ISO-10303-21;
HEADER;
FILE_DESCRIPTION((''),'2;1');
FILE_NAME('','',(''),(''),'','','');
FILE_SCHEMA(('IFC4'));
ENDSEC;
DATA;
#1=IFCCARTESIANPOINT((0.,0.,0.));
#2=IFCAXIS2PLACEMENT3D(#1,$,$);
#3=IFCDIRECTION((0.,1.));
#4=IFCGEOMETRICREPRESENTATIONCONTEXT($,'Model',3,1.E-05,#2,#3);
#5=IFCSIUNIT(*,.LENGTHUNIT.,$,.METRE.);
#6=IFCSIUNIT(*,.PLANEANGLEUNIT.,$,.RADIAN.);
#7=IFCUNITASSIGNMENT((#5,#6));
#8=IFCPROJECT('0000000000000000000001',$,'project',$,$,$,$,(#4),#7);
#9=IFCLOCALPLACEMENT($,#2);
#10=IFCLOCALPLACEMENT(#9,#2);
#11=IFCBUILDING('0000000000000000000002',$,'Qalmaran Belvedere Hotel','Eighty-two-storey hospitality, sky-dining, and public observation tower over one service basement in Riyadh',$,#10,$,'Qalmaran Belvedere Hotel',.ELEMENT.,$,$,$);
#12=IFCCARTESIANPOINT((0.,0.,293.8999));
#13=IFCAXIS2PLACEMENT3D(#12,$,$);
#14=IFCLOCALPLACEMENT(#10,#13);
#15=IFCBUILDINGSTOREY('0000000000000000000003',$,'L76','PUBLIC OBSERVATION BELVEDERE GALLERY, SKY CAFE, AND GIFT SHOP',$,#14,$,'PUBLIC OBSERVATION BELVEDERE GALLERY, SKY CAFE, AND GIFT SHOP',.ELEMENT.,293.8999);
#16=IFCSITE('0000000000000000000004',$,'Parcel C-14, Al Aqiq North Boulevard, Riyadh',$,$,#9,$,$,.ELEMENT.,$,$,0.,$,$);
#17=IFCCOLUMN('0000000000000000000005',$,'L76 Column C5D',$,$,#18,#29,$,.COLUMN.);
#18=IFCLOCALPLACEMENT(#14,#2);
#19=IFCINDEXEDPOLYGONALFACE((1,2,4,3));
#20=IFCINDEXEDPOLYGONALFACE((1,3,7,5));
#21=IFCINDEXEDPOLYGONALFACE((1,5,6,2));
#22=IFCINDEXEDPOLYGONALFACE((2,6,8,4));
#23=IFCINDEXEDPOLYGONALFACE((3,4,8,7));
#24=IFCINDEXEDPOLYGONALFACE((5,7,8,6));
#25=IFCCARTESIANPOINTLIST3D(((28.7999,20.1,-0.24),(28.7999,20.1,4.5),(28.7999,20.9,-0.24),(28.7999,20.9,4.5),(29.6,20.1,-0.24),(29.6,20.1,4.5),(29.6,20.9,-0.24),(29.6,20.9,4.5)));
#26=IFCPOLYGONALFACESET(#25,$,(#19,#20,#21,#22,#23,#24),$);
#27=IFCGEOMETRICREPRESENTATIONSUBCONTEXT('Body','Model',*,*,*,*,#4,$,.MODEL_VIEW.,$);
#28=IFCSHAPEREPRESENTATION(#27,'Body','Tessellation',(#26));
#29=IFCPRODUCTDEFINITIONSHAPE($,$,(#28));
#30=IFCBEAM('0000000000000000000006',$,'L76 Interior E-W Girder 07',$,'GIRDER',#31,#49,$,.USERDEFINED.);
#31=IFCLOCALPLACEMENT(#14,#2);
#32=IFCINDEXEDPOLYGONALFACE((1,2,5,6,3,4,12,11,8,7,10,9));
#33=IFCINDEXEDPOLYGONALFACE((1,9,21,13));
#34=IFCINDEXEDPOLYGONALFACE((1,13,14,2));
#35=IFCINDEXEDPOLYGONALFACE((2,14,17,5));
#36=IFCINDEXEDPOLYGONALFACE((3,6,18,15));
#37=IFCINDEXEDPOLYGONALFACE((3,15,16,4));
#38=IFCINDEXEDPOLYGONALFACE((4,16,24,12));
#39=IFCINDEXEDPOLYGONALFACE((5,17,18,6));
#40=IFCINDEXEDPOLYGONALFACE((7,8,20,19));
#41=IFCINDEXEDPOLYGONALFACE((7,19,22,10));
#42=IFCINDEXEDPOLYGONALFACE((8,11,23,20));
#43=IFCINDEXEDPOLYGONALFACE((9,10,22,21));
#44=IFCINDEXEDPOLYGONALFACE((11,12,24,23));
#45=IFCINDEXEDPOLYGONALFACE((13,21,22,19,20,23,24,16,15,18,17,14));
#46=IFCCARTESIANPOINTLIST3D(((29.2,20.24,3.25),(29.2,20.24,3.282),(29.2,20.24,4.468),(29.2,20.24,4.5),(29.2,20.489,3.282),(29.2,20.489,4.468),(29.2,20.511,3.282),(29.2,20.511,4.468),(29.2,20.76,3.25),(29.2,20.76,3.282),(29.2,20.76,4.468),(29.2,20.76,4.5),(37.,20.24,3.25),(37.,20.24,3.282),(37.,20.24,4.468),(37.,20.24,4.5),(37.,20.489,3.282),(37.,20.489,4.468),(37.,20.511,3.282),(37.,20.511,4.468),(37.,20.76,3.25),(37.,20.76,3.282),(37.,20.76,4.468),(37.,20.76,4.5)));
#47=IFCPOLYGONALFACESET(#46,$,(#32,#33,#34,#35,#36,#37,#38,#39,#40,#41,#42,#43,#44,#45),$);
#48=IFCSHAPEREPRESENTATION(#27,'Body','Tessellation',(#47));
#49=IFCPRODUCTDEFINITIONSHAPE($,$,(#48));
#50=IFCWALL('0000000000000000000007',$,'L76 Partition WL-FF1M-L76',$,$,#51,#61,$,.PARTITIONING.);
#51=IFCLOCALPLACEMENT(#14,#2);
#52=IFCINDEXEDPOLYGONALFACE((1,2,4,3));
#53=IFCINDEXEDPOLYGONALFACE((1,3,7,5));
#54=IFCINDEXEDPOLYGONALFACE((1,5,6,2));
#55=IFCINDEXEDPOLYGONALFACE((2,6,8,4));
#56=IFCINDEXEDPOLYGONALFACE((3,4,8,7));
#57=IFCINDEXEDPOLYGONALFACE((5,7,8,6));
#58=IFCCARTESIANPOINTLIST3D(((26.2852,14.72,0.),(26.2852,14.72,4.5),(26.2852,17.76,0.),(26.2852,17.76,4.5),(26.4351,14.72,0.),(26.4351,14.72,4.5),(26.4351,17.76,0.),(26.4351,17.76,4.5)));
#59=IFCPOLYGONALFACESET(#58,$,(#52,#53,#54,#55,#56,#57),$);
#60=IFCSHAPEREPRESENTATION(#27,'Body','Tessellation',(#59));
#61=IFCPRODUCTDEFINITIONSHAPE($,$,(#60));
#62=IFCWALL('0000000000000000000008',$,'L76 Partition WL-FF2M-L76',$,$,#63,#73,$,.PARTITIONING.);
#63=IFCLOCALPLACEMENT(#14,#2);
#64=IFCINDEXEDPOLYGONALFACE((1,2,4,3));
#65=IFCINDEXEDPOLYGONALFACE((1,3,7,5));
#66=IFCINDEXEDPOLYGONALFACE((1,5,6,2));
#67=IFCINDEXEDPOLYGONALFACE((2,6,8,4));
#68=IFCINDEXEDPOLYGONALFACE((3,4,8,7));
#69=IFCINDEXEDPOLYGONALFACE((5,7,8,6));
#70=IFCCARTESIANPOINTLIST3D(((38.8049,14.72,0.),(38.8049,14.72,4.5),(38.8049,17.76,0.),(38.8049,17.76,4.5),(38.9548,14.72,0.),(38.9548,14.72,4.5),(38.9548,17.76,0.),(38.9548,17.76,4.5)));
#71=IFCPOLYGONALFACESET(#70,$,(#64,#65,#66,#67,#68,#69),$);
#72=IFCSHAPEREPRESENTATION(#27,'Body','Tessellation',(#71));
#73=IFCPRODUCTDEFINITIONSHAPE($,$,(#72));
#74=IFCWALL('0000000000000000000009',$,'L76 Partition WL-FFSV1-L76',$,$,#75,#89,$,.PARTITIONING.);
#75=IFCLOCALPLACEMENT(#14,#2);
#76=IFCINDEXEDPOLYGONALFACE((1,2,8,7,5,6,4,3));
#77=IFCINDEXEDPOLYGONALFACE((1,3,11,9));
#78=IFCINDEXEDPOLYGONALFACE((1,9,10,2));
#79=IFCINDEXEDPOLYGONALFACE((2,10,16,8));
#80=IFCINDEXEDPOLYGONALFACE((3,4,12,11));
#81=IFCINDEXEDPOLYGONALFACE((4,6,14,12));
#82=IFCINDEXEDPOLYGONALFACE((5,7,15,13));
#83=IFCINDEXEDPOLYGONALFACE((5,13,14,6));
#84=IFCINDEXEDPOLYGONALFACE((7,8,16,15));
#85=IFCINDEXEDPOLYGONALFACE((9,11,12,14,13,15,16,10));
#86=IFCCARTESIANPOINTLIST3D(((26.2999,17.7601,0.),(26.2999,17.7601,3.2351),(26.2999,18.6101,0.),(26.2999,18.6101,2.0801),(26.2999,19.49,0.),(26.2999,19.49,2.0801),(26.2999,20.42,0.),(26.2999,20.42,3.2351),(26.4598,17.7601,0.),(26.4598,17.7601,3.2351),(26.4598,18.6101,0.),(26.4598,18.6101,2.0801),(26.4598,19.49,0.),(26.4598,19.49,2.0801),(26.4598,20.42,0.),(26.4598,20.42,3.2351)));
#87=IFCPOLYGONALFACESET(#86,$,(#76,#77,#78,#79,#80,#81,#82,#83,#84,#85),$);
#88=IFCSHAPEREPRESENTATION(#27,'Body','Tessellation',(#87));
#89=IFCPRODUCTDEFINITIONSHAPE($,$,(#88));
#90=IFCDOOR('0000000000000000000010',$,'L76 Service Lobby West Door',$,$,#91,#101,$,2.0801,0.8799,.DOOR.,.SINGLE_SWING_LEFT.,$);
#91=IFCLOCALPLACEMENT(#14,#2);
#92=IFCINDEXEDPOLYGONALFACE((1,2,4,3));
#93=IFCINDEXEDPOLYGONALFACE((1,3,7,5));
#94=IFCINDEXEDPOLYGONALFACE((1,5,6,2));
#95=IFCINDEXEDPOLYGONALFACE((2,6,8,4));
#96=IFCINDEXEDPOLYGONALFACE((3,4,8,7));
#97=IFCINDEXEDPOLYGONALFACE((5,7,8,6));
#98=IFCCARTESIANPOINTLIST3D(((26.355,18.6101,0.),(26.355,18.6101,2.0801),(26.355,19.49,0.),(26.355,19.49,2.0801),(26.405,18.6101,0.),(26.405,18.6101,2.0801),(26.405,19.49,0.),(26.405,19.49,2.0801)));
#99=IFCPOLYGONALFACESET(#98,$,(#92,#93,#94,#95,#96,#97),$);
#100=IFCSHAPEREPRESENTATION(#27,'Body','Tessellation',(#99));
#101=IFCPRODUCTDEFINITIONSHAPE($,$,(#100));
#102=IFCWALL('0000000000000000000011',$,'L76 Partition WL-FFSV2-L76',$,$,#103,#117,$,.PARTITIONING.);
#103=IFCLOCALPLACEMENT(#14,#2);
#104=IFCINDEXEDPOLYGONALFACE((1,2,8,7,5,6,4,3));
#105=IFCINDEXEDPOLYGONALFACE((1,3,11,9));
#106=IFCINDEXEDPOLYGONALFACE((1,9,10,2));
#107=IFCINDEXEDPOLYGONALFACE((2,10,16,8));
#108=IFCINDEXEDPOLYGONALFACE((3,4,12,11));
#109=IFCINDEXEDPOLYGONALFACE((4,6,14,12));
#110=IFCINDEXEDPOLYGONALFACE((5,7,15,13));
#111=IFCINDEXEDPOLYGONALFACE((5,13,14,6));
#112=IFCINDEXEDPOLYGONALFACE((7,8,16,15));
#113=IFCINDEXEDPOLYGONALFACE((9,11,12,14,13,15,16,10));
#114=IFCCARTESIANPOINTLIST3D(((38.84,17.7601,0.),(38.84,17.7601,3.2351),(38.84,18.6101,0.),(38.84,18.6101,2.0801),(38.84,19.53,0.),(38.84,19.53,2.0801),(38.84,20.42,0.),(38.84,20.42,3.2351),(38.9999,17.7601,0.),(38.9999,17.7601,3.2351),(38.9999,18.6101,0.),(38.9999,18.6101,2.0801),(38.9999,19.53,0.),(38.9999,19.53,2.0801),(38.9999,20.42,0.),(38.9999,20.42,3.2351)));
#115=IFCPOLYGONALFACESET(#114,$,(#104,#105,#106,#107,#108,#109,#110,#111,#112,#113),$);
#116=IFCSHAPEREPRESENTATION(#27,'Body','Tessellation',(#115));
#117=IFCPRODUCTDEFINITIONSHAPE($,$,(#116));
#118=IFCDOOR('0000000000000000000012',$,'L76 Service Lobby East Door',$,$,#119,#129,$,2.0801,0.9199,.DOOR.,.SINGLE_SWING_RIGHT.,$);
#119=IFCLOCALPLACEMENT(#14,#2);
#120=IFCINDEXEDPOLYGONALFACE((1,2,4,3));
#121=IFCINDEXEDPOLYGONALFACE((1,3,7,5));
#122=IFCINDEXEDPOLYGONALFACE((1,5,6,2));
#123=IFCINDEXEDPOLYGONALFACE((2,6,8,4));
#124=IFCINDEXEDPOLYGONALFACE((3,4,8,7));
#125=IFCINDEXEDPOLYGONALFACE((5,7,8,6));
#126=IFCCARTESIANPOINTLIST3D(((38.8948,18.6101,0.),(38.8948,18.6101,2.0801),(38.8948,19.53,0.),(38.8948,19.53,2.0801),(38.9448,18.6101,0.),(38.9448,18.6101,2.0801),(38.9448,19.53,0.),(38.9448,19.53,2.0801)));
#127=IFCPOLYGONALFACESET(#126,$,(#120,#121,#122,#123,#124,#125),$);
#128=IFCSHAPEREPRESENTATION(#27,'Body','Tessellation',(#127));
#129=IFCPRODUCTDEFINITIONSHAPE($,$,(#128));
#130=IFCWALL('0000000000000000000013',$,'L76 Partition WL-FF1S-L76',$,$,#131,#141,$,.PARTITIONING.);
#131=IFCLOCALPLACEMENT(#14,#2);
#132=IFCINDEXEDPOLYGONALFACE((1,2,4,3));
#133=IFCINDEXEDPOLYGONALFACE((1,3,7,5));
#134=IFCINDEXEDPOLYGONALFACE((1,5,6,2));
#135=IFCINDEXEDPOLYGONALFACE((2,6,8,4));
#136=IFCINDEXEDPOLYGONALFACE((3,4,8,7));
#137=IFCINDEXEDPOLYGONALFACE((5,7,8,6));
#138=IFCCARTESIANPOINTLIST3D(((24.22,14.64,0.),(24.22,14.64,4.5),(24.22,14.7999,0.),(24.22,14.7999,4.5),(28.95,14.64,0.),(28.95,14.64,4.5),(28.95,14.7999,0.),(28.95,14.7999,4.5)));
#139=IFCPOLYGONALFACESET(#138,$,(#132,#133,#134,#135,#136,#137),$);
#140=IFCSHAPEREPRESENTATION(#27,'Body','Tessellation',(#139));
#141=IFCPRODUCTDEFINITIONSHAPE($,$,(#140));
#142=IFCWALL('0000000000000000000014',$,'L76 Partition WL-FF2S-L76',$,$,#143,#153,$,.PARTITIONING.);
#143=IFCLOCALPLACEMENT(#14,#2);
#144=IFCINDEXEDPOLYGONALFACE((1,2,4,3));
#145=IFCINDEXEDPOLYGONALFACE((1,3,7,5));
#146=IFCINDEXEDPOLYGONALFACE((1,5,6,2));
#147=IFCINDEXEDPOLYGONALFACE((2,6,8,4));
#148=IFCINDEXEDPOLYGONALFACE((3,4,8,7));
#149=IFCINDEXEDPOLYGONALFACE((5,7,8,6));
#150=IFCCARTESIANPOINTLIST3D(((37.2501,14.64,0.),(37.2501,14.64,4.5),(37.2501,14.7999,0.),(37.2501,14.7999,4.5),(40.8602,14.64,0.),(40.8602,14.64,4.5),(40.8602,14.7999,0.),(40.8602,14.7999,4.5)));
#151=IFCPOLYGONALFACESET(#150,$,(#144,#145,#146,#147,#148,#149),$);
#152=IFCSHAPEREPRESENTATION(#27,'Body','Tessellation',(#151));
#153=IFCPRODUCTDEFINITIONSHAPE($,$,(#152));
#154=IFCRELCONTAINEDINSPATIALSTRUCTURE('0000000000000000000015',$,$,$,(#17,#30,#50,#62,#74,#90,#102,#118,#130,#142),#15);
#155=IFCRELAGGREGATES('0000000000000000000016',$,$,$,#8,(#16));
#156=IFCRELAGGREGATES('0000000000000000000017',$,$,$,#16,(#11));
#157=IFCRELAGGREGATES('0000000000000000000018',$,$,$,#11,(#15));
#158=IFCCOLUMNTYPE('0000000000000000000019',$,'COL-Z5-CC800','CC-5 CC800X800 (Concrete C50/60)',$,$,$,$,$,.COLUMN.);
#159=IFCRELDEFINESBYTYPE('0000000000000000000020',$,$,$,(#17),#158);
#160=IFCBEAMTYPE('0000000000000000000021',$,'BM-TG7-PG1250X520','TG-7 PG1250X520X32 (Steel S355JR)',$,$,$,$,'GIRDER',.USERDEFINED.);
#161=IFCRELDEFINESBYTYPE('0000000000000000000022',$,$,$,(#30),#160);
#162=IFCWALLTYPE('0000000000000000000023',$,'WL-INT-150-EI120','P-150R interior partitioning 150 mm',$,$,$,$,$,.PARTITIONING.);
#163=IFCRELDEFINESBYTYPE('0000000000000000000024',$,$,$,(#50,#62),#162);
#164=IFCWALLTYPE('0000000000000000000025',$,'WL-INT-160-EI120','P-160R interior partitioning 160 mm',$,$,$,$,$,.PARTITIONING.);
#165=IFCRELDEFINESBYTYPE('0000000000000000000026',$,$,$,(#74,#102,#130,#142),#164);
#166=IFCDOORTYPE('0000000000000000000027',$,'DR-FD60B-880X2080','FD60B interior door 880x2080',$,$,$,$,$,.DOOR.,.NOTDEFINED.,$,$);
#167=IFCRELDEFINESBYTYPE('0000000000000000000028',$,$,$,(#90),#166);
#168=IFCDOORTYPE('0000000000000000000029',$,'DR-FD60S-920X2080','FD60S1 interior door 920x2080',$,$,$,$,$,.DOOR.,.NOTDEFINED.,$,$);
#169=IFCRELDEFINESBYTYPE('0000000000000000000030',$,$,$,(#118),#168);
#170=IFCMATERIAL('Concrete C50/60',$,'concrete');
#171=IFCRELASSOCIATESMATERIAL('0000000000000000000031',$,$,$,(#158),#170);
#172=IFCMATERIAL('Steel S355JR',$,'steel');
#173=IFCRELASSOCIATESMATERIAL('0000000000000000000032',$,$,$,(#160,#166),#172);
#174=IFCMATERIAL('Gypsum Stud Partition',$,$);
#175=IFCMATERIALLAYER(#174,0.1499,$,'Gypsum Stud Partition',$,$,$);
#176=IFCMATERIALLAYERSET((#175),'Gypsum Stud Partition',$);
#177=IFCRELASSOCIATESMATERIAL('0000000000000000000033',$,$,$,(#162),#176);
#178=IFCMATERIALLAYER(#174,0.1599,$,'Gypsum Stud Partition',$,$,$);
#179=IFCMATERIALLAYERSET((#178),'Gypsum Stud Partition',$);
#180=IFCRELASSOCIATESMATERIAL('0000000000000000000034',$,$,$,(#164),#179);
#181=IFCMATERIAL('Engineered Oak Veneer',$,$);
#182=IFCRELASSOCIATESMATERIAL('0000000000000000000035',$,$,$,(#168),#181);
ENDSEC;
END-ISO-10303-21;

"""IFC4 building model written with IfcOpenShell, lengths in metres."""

from ifc_helpers import new_model, si_unit, direction, frame, frame_2d, origin, origin_2d, place, context, subcontext, project, spatial, rectangle, i_section, extrude, material, layer, layer_set, material_profile, profile_set, type_object, element, fill, save


model = new_model("IFC4")

# Units and contexts
model_context = context("Model", 3, precision=1e-05, world=origin(), true_north=direction((0.0, 1.0)))
body_context = subcontext(model_context, "Body", "Model", "MODEL_VIEW")
ifc_project = project(units=[si_unit("LENGTHUNIT", "METRE"), si_unit("PLANEANGLEUNIT", "RADIAN")], contexts=[model_context])

# Site, building, storey
site_placement = place(None, origin())
site = spatial("IfcSite", under=ifc_project, at=site_placement, Name="Parcel C-14, Al Aqiq North Boulevard, Riyadh", CompositionType="ELEMENT", RefElevation=0.0)
building_placement = place(site_placement, origin())
building = spatial("IfcBuilding", under=site, at=building_placement, Name="Qalmaran Belvedere Hotel", Description="Eighty-two-storey hospitality, sky-dining, and public observation tower over one service basement in Riyadh", LongName="Qalmaran Belvedere Hotel", CompositionType="ELEMENT")
storey_placement = place(building_placement, frame((0.0, 0.0, 293.8999)))
storey = spatial("IfcBuildingStorey", under=building, at=storey_placement, Name="L76", Description="PUBLIC OBSERVATION BELVEDERE GALLERY, SKY CAFE, AND GIFT SHOP", LongName="PUBLIC OBSERVATION BELVEDERE GALLERY, SKY CAFE, AND GIFT SHOP", CompositionType="ELEMENT", Elevation=293.8999)

# Column
ifc_material_1 = material(Name="Concrete C50/60", Category="concrete")
ifc_material_profile_1 = material_profile(ifc_material_1, rectangle(XDim=0.8, YDim=0.8, at=origin_2d()), Name="CC800X800")
ifc_profile_set_1 = profile_set([ifc_material_profile_1], Name="Concrete C50/60")
column_type = type_object("IfcColumnType", Name="COL-Z5-CC800", Description="CC-5 CC800X800 (Concrete C50/60)", PredefinedType="COLUMN", material=ifc_profile_set_1)
column_placement = place(storey_placement, frame((29.2, 20.5, -0.24), z_axis=(0.0, 0.0, 1.0), x_axis=(1.0, 0.0, 0.0)))
element("IfcColumn", 1, at=column_placement, inside=storey, type_object=column_type, Name="L76 Column C5D", PredefinedType="COLUMN", context=body_context, shape_type="SweptSolid", body=[
    extrude(rectangle(XDim=0.8, YDim=0.8, at=origin_2d()), origin(), (0.0, 0.0, 1.0), 4.74),
])

# Beam
ifc_material_2 = material(Name="Steel S355JR", Category="steel")
ifc_material_profile_2 = material_profile(ifc_material_2, i_section(OverallWidth=0.52, OverallDepth=1.25, WebThickness=0.022, FlangeThickness=0.032, at=origin_2d()), Name="PG1250X520X32")
ifc_profile_set_2 = profile_set([ifc_material_profile_2], Name="Steel S355JR")
beam_type = type_object("IfcBeamType", Name="BM-TG7-PG1250X520", Description="TG-7 PG1250X520X32 (Steel S355JR)", ElementType="GIRDER", PredefinedType="USERDEFINED", material=ifc_profile_set_2)
beam_placement = place(storey_placement, frame((29.2, 20.5, 3.875), z_axis=(1.0, 0.0, 0.0), x_axis=(0.0, 1.0, 0.0)))
element("IfcBeam", 2, at=beam_placement, inside=storey, type_object=beam_type, Name="L76 Interior E-W Girder 07", ObjectType="GIRDER", PredefinedType="USERDEFINED", context=body_context, shape_type="SweptSolid", body=[
    extrude(i_section(OverallWidth=0.52, OverallDepth=1.25, WebThickness=0.022, FlangeThickness=0.032, at=origin_2d()), origin(), (0.0, 0.0, 1.0), 7.8),
])

# Walls
ifc_material_3 = material(Name="Gypsum Stud Partition")
ifc_layer_1 = layer(ifc_material_3, 0.1499, Name="Gypsum Stud Partition")
ifc_layer_set_1 = layer_set([ifc_layer_1], Name="Gypsum Stud Partition")
wall_type_1 = type_object("IfcWallType", Name="WL-INT-150-EI120", Description="P-150R interior partitioning 150 mm", PredefinedType="PARTITIONING", material=ifc_layer_set_1)
for number, where, z_axis, x_axis, name in (
    (3, (26.3601, 14.72, 0.0), (0.0, 0.0, 1.0), (0.0, 1.0, 0.0), "L76 Partition WL-FF1M-L76"),
    (4, (38.8799, 14.72, 0.0), (0.0, 0.0, 1.0), (0.0, 1.0, 0.0), "L76 Partition WL-FF2M-L76"),
):
    element("IfcWall", number, at=place(storey_placement, frame(where, z_axis=z_axis, x_axis=x_axis)), inside=storey, type_object=wall_type_1, Name=name, PredefinedType="PARTITIONING", context=body_context, shape_type="SweptSolid", body=[
        extrude(rectangle(XDim=3.04, YDim=0.1499, at=frame_2d((1.52, 0.0))), origin(), (0.0, 0.0, 1.0), 4.5),
    ])

# Walls, openings, doors
ifc_layer_2 = layer(ifc_material_3, 0.1599, Name="Gypsum Stud Partition")
ifc_layer_set_2 = layer_set([ifc_layer_2], Name="Gypsum Stud Partition")
wall_type_2 = type_object("IfcWallType", Name="WL-INT-160-EI120", Description="P-160R interior partitioning 160 mm", PredefinedType="PARTITIONING", material=ifc_layer_set_2)
wall_1_placement = place(storey_placement, frame((26.3799, 17.76, 0.0), z_axis=(0.0, 0.0, 1.0), x_axis=(0.0, 1.0, 0.0)))
wall_1 = element("IfcWall", 5, at=wall_1_placement, inside=storey, type_object=wall_type_2, Name="L76 Partition WL-FFSV1-L76", PredefinedType="PARTITIONING", context=body_context, shape_type="SweptSolid", body=[
    extrude(rectangle(XDim=2.6599, YDim=0.1599, at=frame_2d((1.3301, 0.0))), origin(), (0.0, 0.0, 1.0), 3.2351),
])
opening_1_placement = place(wall_1_placement, frame((0.8501, 0.0, 0.0)))
opening_1 = element("IfcOpeningElement", 6, at=opening_1_placement, cuts=wall_1, PredefinedType="OPENING", context=body_context, shape_type="SweptSolid", body=[
    extrude(rectangle(XDim=0.8799, YDim=2.0801, at=frame_2d((0.4399, 1.04))), frame((0.0, 0.0898, 0.0), z_axis=(0.0, -1.0, 0.0), x_axis=(1.0, 0.0, 0.0)), (0.0, 0.0, 1.0), 0.1799),
])
door_type_1 = type_object("IfcDoorType", Name="DR-FD60B-880X2080", Description="FD60B interior door 880x2080", OperationType="NOTDEFINED", PredefinedType="DOOR", material=ifc_material_2)
door_1_placement = place(opening_1_placement, origin())
door_1 = element("IfcDoor", 7, at=door_1_placement, inside=storey, type_object=door_type_1, Name="L76 Service Lobby West Door", OperationType="SINGLE_SWING_LEFT", OverallHeight=2.0801, OverallWidth=0.8799, PredefinedType="DOOR", context=body_context, shape_type="SweptSolid", body=[
    extrude(rectangle(XDim=0.8799, YDim=2.0801, at=frame_2d((0.4399, 1.04))), frame((0.0, 0.0249, 0.0), z_axis=(0.0, -1.0, 0.0), x_axis=(1.0, 0.0, 0.0)), (0.0, 0.0, 1.0), 0.05),
])
fill(opening_1, door_1)
wall_2_placement = place(storey_placement, frame((38.9199, 17.76, 0.0), z_axis=(0.0, 0.0, 1.0), x_axis=(0.0, 1.0, 0.0)))
wall_2 = element("IfcWall", 8, at=wall_2_placement, inside=storey, type_object=wall_type_2, Name="L76 Partition WL-FFSV2-L76", PredefinedType="PARTITIONING", context=body_context, shape_type="SweptSolid", body=[
    extrude(rectangle(XDim=2.6599, YDim=0.1599, at=frame_2d((1.3301, 0.0))), origin(), (0.0, 0.0, 1.0), 3.2351),
])
opening_2_placement = place(wall_2_placement, frame((1.77, 0.0, 0.0), z_axis=(0.0, 0.0, 1.0), x_axis=(-1.0, 0.0, 0.0)))
opening_2 = element("IfcOpeningElement", 9, at=opening_2_placement, cuts=wall_2, PredefinedType="OPENING", context=body_context, shape_type="SweptSolid", body=[
    extrude(rectangle(XDim=0.9199, YDim=2.0801, at=frame_2d((0.46, 1.04))), frame((0.0, 0.0898, 0.0), z_axis=(0.0, -1.0, 0.0), x_axis=(1.0, 0.0, 0.0)), (0.0, 0.0, 1.0), 0.1799),
])
ifc_material_4 = material(Name="Engineered Oak Veneer")
door_type_2 = type_object("IfcDoorType", Name="DR-FD60S-920X2080", Description="FD60S1 interior door 920x2080", OperationType="NOTDEFINED", PredefinedType="DOOR", material=ifc_material_4)
door_2_placement = place(opening_2_placement, origin())
door_2 = element("IfcDoor", 10, at=door_2_placement, inside=storey, type_object=door_type_2, Name="L76 Service Lobby East Door", OperationType="SINGLE_SWING_RIGHT", OverallHeight=2.0801, OverallWidth=0.9199, PredefinedType="DOOR", context=body_context, shape_type="SweptSolid", body=[
    extrude(rectangle(XDim=0.9199, YDim=2.0801, at=frame_2d((0.46, 1.04))), frame((0.0, 0.0249, 0.0), z_axis=(0.0, -1.0, 0.0), x_axis=(1.0, 0.0, 0.0)), (0.0, 0.0, 1.0), 0.05),
])
fill(opening_2, door_2)

# Walls
wall_3_placement = place(storey_placement, frame((24.22, 14.72, 0.0), z_axis=(0.0, 0.0, 1.0), x_axis=(1.0, 0.0, 0.0)))
element("IfcWall", 11, at=wall_3_placement, inside=storey, type_object=wall_type_2, Name="L76 Partition WL-FF1S-L76", PredefinedType="PARTITIONING", context=body_context, shape_type="SweptSolid", body=[
    extrude(rectangle(XDim=4.73, YDim=0.1599, at=frame_2d((2.365, 0.0))), origin(), (0.0, 0.0, 1.0), 4.5),
])
wall_4_placement = place(storey_placement, frame((37.25, 14.72, 0.0), z_axis=(0.0, 0.0, 1.0), x_axis=(1.0, 0.0, 0.0)))
element("IfcWall", 12, at=wall_4_placement, inside=storey, type_object=wall_type_2, Name="L76 Partition WL-FF2S-L76", PredefinedType="PARTITIONING", context=body_context, shape_type="SweptSolid", body=[
    extrude(rectangle(XDim=3.6101, YDim=0.1599, at=frame_2d((1.8052, 0.0))), origin(), (0.0, 0.0, 1.0), 4.5),
])

save(model, "model.ifc")
